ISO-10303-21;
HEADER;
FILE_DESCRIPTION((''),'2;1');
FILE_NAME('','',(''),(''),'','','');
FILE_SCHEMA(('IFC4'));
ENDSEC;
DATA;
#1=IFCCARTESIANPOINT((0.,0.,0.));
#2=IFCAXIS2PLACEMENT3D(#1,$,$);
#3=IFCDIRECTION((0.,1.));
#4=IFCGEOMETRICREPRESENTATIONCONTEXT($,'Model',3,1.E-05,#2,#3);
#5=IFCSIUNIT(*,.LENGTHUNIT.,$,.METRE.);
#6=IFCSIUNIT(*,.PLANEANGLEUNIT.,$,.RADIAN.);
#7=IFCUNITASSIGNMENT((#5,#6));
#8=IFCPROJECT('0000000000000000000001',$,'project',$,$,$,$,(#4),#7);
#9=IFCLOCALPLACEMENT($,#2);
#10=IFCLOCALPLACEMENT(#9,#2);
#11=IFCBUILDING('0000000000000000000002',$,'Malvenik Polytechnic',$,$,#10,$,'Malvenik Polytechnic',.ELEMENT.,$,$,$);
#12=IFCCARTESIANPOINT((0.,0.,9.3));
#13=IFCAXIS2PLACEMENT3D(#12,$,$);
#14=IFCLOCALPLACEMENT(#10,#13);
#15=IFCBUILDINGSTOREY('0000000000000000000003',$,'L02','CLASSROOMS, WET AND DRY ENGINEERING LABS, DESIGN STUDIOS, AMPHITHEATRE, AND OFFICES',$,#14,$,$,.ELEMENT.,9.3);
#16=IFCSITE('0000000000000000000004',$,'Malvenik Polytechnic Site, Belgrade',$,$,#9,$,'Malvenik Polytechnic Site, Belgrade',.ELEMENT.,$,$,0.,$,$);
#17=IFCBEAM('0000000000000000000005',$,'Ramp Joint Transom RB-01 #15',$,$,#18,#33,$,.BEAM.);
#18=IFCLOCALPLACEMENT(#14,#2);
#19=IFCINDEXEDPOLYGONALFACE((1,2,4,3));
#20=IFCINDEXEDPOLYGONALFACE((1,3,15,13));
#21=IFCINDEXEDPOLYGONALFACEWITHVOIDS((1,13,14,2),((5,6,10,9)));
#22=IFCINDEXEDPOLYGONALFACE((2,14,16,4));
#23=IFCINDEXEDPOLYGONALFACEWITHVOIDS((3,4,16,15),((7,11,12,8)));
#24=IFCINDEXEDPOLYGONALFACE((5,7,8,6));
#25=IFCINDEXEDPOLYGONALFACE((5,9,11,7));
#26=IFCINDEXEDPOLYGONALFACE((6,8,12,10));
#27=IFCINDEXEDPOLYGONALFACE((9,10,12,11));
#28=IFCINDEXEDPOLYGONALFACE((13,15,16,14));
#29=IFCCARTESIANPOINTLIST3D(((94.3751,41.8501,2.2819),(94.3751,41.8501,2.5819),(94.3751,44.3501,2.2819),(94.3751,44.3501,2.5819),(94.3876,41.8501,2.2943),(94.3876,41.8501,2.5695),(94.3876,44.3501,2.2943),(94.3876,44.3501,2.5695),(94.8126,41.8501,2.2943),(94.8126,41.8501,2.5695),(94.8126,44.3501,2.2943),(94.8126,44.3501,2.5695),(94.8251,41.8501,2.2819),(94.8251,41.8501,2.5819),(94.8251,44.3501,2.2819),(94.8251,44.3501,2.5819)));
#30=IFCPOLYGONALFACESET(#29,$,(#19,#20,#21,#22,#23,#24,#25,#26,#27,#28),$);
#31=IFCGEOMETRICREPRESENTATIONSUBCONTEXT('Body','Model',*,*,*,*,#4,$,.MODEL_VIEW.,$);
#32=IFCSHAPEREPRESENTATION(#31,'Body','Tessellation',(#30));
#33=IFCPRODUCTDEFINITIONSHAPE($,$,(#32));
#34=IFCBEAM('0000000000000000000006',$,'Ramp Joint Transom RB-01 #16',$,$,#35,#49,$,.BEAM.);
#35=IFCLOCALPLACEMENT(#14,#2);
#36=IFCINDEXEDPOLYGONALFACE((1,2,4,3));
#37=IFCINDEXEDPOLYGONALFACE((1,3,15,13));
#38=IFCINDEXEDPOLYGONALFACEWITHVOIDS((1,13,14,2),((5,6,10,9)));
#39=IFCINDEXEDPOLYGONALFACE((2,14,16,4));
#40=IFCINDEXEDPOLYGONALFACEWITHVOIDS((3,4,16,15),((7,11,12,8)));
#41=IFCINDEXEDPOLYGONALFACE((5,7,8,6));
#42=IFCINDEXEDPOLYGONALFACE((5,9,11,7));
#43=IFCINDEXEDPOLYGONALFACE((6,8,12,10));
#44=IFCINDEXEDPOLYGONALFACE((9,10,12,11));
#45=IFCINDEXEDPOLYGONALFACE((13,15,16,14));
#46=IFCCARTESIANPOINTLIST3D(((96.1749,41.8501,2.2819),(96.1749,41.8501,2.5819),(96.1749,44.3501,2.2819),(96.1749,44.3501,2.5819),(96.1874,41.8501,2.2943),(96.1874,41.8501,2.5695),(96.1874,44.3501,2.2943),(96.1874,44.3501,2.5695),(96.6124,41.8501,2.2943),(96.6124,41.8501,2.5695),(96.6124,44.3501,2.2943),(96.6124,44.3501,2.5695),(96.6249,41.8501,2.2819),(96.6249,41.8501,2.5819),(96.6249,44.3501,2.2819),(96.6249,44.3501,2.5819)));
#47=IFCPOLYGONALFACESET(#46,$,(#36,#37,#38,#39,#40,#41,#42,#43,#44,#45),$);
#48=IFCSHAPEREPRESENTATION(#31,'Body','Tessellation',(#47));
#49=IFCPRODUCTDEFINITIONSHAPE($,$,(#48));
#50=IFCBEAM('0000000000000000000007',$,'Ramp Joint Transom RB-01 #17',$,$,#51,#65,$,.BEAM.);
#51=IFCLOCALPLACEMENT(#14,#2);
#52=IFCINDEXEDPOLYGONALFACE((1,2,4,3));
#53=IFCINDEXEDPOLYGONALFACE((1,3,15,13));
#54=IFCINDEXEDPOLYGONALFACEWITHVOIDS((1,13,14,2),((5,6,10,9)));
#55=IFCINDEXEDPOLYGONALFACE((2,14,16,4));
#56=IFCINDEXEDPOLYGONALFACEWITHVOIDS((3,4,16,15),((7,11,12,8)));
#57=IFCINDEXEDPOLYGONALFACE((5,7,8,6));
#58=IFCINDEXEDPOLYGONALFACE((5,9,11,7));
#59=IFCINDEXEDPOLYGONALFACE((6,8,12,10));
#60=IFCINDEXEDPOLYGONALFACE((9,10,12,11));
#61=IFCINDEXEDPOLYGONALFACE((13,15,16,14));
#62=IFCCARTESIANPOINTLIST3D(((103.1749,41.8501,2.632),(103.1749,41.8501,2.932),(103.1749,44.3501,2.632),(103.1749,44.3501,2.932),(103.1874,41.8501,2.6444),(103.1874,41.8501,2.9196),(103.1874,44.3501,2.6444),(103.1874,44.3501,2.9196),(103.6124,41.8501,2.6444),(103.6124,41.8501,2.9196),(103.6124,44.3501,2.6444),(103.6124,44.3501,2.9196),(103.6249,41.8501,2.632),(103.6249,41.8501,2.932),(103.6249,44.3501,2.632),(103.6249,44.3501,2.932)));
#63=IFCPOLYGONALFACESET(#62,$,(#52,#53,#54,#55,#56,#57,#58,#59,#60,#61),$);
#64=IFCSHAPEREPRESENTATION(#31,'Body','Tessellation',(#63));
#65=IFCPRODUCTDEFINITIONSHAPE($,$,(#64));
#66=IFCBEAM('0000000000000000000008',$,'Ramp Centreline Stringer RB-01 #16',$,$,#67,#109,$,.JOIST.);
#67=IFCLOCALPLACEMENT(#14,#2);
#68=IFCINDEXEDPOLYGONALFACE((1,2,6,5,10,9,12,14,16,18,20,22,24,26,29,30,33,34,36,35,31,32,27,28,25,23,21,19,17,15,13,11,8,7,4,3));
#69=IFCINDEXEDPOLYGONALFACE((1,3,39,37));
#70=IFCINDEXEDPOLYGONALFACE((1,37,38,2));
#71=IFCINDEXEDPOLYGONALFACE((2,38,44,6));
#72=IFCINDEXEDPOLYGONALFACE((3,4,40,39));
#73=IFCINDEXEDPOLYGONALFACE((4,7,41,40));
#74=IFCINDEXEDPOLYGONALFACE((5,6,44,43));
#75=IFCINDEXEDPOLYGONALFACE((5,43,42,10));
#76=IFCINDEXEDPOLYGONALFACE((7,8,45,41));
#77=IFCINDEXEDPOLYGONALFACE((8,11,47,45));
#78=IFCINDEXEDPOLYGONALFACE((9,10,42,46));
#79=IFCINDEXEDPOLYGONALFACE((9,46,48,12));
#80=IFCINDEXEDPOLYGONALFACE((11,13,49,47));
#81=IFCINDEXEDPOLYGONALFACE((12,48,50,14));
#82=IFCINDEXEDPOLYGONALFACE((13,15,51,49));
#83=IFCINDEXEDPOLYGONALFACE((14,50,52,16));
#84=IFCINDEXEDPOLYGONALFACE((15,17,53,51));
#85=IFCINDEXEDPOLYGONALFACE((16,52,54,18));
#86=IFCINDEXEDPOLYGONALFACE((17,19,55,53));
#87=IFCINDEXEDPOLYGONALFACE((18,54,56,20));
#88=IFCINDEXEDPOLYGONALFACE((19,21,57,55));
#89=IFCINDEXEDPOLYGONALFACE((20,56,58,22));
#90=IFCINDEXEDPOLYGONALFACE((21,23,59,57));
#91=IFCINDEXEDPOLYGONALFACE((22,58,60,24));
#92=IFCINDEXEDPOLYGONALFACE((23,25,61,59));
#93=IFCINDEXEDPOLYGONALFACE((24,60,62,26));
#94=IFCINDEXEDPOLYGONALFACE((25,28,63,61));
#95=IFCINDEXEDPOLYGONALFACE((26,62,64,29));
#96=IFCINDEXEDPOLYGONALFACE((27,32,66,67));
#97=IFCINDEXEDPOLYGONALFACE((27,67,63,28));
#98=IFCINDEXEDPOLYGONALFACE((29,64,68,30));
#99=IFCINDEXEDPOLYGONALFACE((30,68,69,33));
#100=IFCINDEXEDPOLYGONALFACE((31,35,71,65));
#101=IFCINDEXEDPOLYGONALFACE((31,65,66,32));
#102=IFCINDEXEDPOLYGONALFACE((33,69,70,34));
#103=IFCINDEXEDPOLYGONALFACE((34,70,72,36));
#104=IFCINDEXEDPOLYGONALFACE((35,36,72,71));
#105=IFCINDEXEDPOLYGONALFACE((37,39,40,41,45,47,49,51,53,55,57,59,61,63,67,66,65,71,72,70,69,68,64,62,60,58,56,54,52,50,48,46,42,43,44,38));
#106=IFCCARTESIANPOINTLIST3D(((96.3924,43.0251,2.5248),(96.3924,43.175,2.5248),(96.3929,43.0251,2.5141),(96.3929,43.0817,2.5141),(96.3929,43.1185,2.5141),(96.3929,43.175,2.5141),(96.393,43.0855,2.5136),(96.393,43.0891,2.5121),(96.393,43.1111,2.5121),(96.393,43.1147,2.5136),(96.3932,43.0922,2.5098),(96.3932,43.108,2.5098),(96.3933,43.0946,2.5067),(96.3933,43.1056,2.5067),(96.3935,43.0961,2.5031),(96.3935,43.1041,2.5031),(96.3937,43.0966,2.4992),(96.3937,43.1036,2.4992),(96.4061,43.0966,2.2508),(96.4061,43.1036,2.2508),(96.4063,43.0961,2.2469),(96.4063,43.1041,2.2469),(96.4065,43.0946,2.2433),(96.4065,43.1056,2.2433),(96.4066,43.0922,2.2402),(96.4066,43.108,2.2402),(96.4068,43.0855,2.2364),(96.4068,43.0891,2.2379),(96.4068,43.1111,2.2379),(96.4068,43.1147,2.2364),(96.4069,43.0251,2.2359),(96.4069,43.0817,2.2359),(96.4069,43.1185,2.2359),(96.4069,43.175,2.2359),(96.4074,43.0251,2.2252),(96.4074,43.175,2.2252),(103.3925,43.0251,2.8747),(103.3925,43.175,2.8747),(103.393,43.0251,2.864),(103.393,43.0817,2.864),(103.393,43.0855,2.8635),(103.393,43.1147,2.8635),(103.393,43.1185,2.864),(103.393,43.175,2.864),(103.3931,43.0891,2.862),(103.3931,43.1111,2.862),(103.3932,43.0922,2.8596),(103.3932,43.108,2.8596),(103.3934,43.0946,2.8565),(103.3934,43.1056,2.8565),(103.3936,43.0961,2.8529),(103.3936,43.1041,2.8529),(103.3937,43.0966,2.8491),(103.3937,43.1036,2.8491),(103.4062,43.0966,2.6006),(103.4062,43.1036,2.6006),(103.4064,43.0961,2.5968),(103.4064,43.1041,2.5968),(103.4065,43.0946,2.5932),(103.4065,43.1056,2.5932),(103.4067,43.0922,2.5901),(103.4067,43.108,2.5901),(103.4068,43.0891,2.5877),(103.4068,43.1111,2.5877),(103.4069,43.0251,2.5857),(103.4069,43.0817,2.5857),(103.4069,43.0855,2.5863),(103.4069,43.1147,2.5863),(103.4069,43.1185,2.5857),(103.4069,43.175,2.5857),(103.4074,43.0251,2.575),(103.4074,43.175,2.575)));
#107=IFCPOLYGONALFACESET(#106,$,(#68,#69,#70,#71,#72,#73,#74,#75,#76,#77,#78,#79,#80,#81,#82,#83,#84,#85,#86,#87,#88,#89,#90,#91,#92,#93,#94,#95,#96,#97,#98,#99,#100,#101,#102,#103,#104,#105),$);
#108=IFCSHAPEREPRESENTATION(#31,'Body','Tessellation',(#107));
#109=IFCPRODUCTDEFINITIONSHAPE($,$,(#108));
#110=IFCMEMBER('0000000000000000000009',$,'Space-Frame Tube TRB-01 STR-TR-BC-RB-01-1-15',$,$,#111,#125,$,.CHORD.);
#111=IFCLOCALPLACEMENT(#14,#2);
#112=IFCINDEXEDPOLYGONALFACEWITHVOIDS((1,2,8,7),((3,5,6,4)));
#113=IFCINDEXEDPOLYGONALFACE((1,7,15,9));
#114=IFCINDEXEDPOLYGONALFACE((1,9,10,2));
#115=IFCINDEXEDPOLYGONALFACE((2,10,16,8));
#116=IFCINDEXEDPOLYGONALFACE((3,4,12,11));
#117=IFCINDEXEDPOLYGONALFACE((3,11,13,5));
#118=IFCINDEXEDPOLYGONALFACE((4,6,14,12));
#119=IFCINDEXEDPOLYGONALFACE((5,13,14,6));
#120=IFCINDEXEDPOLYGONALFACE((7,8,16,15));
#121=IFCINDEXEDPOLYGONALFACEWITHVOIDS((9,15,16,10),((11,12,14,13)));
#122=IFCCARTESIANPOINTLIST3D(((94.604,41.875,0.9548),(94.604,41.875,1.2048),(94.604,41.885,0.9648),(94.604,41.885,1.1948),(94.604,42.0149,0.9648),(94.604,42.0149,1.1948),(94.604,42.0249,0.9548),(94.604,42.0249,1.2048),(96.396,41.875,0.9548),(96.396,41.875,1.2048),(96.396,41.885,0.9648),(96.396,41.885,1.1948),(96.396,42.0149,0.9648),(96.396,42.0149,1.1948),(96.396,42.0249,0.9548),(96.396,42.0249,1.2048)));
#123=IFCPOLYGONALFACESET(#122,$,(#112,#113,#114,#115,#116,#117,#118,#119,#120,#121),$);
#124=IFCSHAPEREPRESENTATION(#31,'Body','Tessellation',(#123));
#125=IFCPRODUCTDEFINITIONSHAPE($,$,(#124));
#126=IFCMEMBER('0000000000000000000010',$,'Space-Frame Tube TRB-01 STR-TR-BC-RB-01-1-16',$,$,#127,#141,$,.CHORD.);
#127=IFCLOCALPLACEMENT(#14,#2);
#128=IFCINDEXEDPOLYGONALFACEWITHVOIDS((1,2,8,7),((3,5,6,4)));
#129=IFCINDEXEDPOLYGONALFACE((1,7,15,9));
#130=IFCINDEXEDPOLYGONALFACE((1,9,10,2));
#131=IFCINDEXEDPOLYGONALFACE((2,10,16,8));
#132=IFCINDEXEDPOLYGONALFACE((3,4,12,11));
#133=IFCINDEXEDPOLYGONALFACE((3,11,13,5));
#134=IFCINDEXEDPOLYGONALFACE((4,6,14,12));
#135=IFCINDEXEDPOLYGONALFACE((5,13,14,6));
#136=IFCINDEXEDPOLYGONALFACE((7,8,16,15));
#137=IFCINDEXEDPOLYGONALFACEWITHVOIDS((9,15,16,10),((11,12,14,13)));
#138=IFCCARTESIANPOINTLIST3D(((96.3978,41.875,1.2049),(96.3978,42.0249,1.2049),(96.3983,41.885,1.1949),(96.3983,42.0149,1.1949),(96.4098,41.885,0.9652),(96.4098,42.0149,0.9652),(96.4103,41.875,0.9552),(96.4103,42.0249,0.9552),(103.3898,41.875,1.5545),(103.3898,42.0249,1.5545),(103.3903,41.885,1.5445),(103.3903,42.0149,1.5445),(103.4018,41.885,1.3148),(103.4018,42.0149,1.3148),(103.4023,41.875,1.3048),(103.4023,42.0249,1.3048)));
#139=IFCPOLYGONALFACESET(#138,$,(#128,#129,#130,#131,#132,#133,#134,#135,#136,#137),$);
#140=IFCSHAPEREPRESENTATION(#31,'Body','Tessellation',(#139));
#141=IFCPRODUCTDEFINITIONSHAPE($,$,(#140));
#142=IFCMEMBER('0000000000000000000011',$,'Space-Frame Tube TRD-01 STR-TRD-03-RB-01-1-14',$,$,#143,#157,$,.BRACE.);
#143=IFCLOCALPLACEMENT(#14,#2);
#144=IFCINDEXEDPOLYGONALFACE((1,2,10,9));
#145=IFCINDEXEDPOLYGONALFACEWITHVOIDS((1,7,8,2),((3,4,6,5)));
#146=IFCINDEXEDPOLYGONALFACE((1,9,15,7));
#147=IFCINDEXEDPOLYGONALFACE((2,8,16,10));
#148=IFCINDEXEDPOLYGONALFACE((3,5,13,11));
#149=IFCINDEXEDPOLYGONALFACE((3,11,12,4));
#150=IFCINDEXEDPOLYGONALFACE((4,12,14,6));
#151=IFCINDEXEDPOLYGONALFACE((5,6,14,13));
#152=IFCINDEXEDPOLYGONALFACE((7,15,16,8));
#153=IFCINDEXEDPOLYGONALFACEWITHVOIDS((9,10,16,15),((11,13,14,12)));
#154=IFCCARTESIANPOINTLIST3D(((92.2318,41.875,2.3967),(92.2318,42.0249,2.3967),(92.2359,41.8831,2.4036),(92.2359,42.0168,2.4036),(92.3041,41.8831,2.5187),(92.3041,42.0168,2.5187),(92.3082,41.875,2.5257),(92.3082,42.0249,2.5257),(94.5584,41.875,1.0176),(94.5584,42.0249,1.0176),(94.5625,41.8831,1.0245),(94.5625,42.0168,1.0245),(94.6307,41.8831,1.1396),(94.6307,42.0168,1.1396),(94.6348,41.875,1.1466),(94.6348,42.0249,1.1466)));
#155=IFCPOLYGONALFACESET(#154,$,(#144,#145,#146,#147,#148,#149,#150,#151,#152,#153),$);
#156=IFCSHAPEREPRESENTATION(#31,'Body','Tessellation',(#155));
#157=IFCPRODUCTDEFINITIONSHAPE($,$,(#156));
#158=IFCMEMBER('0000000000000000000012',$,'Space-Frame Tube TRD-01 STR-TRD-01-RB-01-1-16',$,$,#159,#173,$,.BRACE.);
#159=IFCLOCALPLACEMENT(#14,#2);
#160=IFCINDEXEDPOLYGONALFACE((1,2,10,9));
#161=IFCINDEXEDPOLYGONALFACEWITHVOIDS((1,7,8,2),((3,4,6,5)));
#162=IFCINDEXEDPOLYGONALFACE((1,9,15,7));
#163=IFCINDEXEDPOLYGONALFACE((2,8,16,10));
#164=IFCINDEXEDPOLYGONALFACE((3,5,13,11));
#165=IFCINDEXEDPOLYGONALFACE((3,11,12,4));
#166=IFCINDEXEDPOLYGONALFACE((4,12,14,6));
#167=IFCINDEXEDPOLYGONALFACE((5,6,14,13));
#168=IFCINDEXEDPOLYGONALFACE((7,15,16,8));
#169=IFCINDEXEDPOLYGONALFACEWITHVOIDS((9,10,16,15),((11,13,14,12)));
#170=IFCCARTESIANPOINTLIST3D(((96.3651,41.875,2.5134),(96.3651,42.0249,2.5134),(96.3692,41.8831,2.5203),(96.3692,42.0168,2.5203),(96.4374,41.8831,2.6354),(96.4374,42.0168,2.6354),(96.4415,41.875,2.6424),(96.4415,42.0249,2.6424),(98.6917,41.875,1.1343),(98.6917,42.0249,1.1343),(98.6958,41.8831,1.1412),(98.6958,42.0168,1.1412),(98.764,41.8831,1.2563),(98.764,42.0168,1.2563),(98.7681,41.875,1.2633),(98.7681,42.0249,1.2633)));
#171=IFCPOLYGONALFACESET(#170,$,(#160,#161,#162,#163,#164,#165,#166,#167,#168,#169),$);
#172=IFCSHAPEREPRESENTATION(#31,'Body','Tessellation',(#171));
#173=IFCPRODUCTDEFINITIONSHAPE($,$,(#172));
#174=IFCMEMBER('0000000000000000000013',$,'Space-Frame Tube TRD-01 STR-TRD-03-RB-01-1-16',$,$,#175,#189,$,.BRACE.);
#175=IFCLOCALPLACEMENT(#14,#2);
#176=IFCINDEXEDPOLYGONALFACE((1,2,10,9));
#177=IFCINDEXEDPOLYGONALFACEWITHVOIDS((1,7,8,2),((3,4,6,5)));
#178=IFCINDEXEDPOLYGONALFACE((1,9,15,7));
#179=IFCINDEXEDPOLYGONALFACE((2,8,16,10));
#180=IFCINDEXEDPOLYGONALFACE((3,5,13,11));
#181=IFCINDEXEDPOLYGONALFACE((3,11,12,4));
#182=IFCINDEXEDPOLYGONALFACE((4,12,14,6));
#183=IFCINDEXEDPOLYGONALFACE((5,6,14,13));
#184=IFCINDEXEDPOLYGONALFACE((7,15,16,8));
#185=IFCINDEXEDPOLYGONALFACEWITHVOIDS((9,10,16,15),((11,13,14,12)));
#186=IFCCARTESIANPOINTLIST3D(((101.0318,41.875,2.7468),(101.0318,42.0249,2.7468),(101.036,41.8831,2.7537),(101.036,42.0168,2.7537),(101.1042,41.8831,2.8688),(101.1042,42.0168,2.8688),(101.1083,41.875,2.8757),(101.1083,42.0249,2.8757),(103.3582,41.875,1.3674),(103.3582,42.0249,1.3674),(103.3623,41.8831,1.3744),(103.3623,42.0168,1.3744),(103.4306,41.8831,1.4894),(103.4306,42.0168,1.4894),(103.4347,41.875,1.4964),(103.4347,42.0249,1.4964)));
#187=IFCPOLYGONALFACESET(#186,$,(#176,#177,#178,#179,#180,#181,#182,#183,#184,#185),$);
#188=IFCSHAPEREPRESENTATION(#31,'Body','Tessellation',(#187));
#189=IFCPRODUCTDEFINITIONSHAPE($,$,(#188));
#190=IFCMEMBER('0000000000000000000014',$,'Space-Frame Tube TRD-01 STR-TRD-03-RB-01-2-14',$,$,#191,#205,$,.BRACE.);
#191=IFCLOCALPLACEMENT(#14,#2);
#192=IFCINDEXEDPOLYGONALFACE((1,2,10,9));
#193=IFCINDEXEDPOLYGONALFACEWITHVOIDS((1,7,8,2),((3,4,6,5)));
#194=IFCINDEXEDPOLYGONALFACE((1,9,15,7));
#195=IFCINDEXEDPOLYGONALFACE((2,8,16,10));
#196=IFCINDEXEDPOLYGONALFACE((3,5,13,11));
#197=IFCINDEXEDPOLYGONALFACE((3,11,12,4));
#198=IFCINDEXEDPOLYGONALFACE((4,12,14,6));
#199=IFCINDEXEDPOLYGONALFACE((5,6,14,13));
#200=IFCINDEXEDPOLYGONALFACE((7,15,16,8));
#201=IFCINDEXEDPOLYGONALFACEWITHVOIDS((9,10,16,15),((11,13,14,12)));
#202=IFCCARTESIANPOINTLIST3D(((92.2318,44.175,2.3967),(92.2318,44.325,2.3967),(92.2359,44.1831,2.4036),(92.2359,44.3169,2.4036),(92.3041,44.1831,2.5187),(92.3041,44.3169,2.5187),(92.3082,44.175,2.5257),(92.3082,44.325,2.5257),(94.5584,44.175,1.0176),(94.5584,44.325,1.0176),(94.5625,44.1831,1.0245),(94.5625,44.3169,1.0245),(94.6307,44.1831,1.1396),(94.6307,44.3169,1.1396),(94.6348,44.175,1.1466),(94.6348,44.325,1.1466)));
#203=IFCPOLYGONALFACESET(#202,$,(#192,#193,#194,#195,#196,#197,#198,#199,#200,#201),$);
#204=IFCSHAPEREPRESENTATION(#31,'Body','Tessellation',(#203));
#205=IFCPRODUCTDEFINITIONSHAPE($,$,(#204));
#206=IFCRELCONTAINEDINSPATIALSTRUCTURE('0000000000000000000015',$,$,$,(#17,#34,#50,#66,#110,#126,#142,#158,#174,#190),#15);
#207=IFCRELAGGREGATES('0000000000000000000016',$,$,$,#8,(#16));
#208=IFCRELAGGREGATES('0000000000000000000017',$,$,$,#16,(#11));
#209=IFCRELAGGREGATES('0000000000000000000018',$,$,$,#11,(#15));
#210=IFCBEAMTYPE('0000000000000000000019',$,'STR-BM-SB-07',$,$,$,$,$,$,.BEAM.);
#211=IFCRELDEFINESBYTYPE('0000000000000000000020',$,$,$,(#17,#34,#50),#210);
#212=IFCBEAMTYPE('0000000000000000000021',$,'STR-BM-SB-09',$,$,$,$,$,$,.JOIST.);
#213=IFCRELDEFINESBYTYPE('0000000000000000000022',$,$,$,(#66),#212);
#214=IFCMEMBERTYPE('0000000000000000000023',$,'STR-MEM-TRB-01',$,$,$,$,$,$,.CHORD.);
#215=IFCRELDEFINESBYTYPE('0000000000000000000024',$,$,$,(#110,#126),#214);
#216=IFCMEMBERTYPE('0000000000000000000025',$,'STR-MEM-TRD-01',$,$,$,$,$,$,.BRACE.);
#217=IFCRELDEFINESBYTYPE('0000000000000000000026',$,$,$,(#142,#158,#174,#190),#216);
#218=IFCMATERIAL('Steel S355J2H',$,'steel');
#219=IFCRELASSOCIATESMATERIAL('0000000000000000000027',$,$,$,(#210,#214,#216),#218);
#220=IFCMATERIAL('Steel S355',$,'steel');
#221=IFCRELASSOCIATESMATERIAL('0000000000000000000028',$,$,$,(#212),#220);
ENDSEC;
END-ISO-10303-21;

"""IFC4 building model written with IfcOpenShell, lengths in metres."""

from ifc_helpers import new_model, si_unit, direction, frame, origin, origin_2d, place, context, subcontext, project, spatial, hollow_rectangle, i_section, extrude, material, material_profile, profile_set, type_object, element, save


model = new_model("IFC4")

# Units and contexts
model_context = context("Model", 3, precision=1e-05, world=origin(), true_north=direction((0.0, 1.0)))
body_context = subcontext(model_context, "Body", "Model", "MODEL_VIEW")
ifc_project = project(units=[si_unit("LENGTHUNIT", "METRE"), si_unit("PLANEANGLEUNIT", "RADIAN")], contexts=[model_context])

# Site, building, storey
site_placement = place(None, origin())
site = spatial("IfcSite", under=ifc_project, at=site_placement, Name="Malvenik Polytechnic Site, Belgrade", LongName="Malvenik Polytechnic Site, Belgrade", CompositionType="ELEMENT", RefElevation=0.0)
building_placement = place(site_placement, origin())
building = spatial("IfcBuilding", under=site, at=building_placement, Name="Malvenik Polytechnic", LongName="Malvenik Polytechnic", CompositionType="ELEMENT")
storey_placement = place(building_placement, frame((0.0, 0.0, 9.3)))
storey = spatial("IfcBuildingStorey", under=building, at=storey_placement, Name="L02", Description="CLASSROOMS, WET AND DRY ENGINEERING LABS, DESIGN STUDIOS, AMPHITHEATRE, AND OFFICES", CompositionType="ELEMENT", Elevation=9.3)

# Shared definitions
ifc_material_1 = material(Name="Steel S355J2H", Category="steel")
ifc_material_2 = material(Name="Steel S355", Category="steel")

# Beams
ifc_material_profile_1 = material_profile(ifc_material_1, hollow_rectangle(XDim=0.45, YDim=0.3, WallThickness=0.0125, at=origin_2d()), Name="RHS 450x300x12.5")
ifc_profile_set_1 = profile_set([ifc_material_profile_1], Name="Steel S355J2H")
beam_type_1 = type_object("IfcBeamType", Name="STR-BM-SB-07", PredefinedType="BEAM", material=ifc_profile_set_1)
for number, where, z_axis, x_axis, name in (
    (1, (94.6001, 41.8501, 2.4319), (0.0, 1.0, 0.0), (-1.0, 0.0, 0.0), "Ramp Joint Transom RB-01 #15"),
    (2, (96.3999, 41.8501, 2.4319), (0.0, 1.0, 0.0), (-1.0, 0.0, 0.0), "Ramp Joint Transom RB-01 #16"),
    (3, (103.3999, 41.8501, 2.782), (0.0, 1.0, 0.0), (-1.0, 0.0, 0.0), "Ramp Joint Transom RB-01 #17"),
):
    element("IfcBeam", number, at=place(storey_placement, frame(where, z_axis=z_axis, x_axis=x_axis)), inside=storey, type_object=beam_type_1, Name=name, PredefinedType="BEAM", context=body_context, shape_type="SweptSolid", body=[
        extrude(hollow_rectangle(XDim=0.45, YDim=0.3, WallThickness=0.0125, at=origin_2d()), origin(), (0.0, 0.0, 1.0), 2.5),
    ])
ifc_material_profile_2 = material_profile(ifc_material_2, i_section(OverallWidth=0.1499, OverallDepth=0.3, WebThickness=0.0071, FlangeThickness=0.0107, FilletRadius=0.0149, at=origin_2d()), Name="IPE 300")
ifc_profile_set_2 = profile_set([ifc_material_profile_2], Name="Steel S355")
beam_type_2 = type_object("IfcBeamType", Name="STR-BM-SB-09", PredefinedType="JOIST", material=ifc_profile_set_2)
beam_1_placement = place(storey_placement, frame((96.3999, 43.1001, 2.375), z_axis=(0.998753, 0.0, 0.049917), x_axis=(0.0, 1.0, 0.0)))
element("IfcBeam", 4, at=beam_1_placement, inside=storey, type_object=beam_type_2, Name="Ramp Centreline Stringer RB-01 #16", PredefinedType="JOIST", context=body_context, shape_type="SweptSolid", body=[
    extrude(i_section(OverallWidth=0.1499, OverallDepth=0.3, WebThickness=0.0071, FlangeThickness=0.0107, FilletRadius=0.0149, at=origin_2d()), origin(), (0.0, 0.0, 1.0), 7.0088),
])

# Members
ifc_material_profile_3 = material_profile(ifc_material_1, hollow_rectangle(XDim=0.1499, YDim=0.25, WallThickness=0.01, at=origin_2d()), Name="RHS 250x150x10.0")
ifc_profile_set_3 = profile_set([ifc_material_profile_3], Name="Steel S355J2H")
member_type_1 = type_object("IfcMemberType", Name="STR-MEM-TRB-01", PredefinedType="CHORD", material=ifc_profile_set_3)
member_1_placement = place(storey_placement, frame((94.604, 41.95, 1.0798), z_axis=(1.0, 0.0, 0.0), x_axis=(0.0, 1.0, 0.0)))
element("IfcMember", 5, at=member_1_placement, inside=storey, type_object=member_type_1, Name="Space-Frame Tube TRB-01 STR-TR-BC-RB-01-1-15", PredefinedType="CHORD", context=body_context, shape_type="SweptSolid", body=[
    extrude(hollow_rectangle(XDim=0.1499, YDim=0.25, WallThickness=0.01, at=origin_2d()), origin(), (0.0, 0.0, 1.0), 1.792),
])
member_2_placement = place(storey_placement, frame((96.4041, 41.95, 1.0801), z_axis=(0.998752, 0.0, 0.049939), x_axis=(0.0, 1.0, 0.0)))
element("IfcMember", 6, at=member_2_placement, inside=storey, type_object=member_type_1, Name="Space-Frame Tube TRB-01 STR-TR-BC-RB-01-1-16", PredefinedType="CHORD", context=body_context, shape_type="SweptSolid", body=[
    extrude(hollow_rectangle(XDim=0.1499, YDim=0.25, WallThickness=0.01, at=origin_2d()), origin(), (0.0, 0.0, 1.0), 7.0007),
])
ifc_material_profile_4 = material_profile(ifc_material_1, hollow_rectangle(XDim=0.1499, YDim=0.1499, WallThickness=0.0081, at=origin_2d()), Name="SHS 150x150x8.0")
ifc_profile_set_4 = profile_set([ifc_material_profile_4], Name="Steel S355J2H")
member_type_2 = type_object("IfcMemberType", Name="STR-MEM-TRD-01", PredefinedType="BRACE", material=ifc_profile_set_4)
for number, where, z_axis, x_axis, name in (
    (7, (92.27, 41.95, 2.4612), (0.860228, 0.0, -0.509909), (0.0, 1.0, 0.0), "Space-Frame Tube TRD-01 STR-TRD-03-RB-01-1-14"),
    (8, (96.4033, 41.95, 2.5779), (0.860228, 0.0, -0.509909), (0.0, 1.0, 0.0), "Space-Frame Tube TRD-01 STR-TRD-01-RB-01-1-16"),
    (9, (101.0701, 41.95, 2.8113), (0.860165, 0.0, -0.510015), (0.0, 1.0, 0.0), "Space-Frame Tube TRD-01 STR-TRD-03-RB-01-1-16"),
    (10, (92.27, 44.25, 2.4612), (0.860228, 0.0, -0.509909), (0.0, 1.0, 0.0), "Space-Frame Tube TRD-01 STR-TRD-03-RB-01-2-14"),
):
    element("IfcMember", number, at=place(storey_placement, frame(where, z_axis=z_axis, x_axis=x_axis)), inside=storey, type_object=member_type_2, Name=name, PredefinedType="BRACE", context=body_context, shape_type="SweptSolid", body=[
        extrude(hollow_rectangle(XDim=0.1499, YDim=0.1499, WallThickness=0.0081, at=origin_2d()), origin(), (0.0, 0.0, 1.0), 2.7046),
    ])

save(model, "model.ifc")
